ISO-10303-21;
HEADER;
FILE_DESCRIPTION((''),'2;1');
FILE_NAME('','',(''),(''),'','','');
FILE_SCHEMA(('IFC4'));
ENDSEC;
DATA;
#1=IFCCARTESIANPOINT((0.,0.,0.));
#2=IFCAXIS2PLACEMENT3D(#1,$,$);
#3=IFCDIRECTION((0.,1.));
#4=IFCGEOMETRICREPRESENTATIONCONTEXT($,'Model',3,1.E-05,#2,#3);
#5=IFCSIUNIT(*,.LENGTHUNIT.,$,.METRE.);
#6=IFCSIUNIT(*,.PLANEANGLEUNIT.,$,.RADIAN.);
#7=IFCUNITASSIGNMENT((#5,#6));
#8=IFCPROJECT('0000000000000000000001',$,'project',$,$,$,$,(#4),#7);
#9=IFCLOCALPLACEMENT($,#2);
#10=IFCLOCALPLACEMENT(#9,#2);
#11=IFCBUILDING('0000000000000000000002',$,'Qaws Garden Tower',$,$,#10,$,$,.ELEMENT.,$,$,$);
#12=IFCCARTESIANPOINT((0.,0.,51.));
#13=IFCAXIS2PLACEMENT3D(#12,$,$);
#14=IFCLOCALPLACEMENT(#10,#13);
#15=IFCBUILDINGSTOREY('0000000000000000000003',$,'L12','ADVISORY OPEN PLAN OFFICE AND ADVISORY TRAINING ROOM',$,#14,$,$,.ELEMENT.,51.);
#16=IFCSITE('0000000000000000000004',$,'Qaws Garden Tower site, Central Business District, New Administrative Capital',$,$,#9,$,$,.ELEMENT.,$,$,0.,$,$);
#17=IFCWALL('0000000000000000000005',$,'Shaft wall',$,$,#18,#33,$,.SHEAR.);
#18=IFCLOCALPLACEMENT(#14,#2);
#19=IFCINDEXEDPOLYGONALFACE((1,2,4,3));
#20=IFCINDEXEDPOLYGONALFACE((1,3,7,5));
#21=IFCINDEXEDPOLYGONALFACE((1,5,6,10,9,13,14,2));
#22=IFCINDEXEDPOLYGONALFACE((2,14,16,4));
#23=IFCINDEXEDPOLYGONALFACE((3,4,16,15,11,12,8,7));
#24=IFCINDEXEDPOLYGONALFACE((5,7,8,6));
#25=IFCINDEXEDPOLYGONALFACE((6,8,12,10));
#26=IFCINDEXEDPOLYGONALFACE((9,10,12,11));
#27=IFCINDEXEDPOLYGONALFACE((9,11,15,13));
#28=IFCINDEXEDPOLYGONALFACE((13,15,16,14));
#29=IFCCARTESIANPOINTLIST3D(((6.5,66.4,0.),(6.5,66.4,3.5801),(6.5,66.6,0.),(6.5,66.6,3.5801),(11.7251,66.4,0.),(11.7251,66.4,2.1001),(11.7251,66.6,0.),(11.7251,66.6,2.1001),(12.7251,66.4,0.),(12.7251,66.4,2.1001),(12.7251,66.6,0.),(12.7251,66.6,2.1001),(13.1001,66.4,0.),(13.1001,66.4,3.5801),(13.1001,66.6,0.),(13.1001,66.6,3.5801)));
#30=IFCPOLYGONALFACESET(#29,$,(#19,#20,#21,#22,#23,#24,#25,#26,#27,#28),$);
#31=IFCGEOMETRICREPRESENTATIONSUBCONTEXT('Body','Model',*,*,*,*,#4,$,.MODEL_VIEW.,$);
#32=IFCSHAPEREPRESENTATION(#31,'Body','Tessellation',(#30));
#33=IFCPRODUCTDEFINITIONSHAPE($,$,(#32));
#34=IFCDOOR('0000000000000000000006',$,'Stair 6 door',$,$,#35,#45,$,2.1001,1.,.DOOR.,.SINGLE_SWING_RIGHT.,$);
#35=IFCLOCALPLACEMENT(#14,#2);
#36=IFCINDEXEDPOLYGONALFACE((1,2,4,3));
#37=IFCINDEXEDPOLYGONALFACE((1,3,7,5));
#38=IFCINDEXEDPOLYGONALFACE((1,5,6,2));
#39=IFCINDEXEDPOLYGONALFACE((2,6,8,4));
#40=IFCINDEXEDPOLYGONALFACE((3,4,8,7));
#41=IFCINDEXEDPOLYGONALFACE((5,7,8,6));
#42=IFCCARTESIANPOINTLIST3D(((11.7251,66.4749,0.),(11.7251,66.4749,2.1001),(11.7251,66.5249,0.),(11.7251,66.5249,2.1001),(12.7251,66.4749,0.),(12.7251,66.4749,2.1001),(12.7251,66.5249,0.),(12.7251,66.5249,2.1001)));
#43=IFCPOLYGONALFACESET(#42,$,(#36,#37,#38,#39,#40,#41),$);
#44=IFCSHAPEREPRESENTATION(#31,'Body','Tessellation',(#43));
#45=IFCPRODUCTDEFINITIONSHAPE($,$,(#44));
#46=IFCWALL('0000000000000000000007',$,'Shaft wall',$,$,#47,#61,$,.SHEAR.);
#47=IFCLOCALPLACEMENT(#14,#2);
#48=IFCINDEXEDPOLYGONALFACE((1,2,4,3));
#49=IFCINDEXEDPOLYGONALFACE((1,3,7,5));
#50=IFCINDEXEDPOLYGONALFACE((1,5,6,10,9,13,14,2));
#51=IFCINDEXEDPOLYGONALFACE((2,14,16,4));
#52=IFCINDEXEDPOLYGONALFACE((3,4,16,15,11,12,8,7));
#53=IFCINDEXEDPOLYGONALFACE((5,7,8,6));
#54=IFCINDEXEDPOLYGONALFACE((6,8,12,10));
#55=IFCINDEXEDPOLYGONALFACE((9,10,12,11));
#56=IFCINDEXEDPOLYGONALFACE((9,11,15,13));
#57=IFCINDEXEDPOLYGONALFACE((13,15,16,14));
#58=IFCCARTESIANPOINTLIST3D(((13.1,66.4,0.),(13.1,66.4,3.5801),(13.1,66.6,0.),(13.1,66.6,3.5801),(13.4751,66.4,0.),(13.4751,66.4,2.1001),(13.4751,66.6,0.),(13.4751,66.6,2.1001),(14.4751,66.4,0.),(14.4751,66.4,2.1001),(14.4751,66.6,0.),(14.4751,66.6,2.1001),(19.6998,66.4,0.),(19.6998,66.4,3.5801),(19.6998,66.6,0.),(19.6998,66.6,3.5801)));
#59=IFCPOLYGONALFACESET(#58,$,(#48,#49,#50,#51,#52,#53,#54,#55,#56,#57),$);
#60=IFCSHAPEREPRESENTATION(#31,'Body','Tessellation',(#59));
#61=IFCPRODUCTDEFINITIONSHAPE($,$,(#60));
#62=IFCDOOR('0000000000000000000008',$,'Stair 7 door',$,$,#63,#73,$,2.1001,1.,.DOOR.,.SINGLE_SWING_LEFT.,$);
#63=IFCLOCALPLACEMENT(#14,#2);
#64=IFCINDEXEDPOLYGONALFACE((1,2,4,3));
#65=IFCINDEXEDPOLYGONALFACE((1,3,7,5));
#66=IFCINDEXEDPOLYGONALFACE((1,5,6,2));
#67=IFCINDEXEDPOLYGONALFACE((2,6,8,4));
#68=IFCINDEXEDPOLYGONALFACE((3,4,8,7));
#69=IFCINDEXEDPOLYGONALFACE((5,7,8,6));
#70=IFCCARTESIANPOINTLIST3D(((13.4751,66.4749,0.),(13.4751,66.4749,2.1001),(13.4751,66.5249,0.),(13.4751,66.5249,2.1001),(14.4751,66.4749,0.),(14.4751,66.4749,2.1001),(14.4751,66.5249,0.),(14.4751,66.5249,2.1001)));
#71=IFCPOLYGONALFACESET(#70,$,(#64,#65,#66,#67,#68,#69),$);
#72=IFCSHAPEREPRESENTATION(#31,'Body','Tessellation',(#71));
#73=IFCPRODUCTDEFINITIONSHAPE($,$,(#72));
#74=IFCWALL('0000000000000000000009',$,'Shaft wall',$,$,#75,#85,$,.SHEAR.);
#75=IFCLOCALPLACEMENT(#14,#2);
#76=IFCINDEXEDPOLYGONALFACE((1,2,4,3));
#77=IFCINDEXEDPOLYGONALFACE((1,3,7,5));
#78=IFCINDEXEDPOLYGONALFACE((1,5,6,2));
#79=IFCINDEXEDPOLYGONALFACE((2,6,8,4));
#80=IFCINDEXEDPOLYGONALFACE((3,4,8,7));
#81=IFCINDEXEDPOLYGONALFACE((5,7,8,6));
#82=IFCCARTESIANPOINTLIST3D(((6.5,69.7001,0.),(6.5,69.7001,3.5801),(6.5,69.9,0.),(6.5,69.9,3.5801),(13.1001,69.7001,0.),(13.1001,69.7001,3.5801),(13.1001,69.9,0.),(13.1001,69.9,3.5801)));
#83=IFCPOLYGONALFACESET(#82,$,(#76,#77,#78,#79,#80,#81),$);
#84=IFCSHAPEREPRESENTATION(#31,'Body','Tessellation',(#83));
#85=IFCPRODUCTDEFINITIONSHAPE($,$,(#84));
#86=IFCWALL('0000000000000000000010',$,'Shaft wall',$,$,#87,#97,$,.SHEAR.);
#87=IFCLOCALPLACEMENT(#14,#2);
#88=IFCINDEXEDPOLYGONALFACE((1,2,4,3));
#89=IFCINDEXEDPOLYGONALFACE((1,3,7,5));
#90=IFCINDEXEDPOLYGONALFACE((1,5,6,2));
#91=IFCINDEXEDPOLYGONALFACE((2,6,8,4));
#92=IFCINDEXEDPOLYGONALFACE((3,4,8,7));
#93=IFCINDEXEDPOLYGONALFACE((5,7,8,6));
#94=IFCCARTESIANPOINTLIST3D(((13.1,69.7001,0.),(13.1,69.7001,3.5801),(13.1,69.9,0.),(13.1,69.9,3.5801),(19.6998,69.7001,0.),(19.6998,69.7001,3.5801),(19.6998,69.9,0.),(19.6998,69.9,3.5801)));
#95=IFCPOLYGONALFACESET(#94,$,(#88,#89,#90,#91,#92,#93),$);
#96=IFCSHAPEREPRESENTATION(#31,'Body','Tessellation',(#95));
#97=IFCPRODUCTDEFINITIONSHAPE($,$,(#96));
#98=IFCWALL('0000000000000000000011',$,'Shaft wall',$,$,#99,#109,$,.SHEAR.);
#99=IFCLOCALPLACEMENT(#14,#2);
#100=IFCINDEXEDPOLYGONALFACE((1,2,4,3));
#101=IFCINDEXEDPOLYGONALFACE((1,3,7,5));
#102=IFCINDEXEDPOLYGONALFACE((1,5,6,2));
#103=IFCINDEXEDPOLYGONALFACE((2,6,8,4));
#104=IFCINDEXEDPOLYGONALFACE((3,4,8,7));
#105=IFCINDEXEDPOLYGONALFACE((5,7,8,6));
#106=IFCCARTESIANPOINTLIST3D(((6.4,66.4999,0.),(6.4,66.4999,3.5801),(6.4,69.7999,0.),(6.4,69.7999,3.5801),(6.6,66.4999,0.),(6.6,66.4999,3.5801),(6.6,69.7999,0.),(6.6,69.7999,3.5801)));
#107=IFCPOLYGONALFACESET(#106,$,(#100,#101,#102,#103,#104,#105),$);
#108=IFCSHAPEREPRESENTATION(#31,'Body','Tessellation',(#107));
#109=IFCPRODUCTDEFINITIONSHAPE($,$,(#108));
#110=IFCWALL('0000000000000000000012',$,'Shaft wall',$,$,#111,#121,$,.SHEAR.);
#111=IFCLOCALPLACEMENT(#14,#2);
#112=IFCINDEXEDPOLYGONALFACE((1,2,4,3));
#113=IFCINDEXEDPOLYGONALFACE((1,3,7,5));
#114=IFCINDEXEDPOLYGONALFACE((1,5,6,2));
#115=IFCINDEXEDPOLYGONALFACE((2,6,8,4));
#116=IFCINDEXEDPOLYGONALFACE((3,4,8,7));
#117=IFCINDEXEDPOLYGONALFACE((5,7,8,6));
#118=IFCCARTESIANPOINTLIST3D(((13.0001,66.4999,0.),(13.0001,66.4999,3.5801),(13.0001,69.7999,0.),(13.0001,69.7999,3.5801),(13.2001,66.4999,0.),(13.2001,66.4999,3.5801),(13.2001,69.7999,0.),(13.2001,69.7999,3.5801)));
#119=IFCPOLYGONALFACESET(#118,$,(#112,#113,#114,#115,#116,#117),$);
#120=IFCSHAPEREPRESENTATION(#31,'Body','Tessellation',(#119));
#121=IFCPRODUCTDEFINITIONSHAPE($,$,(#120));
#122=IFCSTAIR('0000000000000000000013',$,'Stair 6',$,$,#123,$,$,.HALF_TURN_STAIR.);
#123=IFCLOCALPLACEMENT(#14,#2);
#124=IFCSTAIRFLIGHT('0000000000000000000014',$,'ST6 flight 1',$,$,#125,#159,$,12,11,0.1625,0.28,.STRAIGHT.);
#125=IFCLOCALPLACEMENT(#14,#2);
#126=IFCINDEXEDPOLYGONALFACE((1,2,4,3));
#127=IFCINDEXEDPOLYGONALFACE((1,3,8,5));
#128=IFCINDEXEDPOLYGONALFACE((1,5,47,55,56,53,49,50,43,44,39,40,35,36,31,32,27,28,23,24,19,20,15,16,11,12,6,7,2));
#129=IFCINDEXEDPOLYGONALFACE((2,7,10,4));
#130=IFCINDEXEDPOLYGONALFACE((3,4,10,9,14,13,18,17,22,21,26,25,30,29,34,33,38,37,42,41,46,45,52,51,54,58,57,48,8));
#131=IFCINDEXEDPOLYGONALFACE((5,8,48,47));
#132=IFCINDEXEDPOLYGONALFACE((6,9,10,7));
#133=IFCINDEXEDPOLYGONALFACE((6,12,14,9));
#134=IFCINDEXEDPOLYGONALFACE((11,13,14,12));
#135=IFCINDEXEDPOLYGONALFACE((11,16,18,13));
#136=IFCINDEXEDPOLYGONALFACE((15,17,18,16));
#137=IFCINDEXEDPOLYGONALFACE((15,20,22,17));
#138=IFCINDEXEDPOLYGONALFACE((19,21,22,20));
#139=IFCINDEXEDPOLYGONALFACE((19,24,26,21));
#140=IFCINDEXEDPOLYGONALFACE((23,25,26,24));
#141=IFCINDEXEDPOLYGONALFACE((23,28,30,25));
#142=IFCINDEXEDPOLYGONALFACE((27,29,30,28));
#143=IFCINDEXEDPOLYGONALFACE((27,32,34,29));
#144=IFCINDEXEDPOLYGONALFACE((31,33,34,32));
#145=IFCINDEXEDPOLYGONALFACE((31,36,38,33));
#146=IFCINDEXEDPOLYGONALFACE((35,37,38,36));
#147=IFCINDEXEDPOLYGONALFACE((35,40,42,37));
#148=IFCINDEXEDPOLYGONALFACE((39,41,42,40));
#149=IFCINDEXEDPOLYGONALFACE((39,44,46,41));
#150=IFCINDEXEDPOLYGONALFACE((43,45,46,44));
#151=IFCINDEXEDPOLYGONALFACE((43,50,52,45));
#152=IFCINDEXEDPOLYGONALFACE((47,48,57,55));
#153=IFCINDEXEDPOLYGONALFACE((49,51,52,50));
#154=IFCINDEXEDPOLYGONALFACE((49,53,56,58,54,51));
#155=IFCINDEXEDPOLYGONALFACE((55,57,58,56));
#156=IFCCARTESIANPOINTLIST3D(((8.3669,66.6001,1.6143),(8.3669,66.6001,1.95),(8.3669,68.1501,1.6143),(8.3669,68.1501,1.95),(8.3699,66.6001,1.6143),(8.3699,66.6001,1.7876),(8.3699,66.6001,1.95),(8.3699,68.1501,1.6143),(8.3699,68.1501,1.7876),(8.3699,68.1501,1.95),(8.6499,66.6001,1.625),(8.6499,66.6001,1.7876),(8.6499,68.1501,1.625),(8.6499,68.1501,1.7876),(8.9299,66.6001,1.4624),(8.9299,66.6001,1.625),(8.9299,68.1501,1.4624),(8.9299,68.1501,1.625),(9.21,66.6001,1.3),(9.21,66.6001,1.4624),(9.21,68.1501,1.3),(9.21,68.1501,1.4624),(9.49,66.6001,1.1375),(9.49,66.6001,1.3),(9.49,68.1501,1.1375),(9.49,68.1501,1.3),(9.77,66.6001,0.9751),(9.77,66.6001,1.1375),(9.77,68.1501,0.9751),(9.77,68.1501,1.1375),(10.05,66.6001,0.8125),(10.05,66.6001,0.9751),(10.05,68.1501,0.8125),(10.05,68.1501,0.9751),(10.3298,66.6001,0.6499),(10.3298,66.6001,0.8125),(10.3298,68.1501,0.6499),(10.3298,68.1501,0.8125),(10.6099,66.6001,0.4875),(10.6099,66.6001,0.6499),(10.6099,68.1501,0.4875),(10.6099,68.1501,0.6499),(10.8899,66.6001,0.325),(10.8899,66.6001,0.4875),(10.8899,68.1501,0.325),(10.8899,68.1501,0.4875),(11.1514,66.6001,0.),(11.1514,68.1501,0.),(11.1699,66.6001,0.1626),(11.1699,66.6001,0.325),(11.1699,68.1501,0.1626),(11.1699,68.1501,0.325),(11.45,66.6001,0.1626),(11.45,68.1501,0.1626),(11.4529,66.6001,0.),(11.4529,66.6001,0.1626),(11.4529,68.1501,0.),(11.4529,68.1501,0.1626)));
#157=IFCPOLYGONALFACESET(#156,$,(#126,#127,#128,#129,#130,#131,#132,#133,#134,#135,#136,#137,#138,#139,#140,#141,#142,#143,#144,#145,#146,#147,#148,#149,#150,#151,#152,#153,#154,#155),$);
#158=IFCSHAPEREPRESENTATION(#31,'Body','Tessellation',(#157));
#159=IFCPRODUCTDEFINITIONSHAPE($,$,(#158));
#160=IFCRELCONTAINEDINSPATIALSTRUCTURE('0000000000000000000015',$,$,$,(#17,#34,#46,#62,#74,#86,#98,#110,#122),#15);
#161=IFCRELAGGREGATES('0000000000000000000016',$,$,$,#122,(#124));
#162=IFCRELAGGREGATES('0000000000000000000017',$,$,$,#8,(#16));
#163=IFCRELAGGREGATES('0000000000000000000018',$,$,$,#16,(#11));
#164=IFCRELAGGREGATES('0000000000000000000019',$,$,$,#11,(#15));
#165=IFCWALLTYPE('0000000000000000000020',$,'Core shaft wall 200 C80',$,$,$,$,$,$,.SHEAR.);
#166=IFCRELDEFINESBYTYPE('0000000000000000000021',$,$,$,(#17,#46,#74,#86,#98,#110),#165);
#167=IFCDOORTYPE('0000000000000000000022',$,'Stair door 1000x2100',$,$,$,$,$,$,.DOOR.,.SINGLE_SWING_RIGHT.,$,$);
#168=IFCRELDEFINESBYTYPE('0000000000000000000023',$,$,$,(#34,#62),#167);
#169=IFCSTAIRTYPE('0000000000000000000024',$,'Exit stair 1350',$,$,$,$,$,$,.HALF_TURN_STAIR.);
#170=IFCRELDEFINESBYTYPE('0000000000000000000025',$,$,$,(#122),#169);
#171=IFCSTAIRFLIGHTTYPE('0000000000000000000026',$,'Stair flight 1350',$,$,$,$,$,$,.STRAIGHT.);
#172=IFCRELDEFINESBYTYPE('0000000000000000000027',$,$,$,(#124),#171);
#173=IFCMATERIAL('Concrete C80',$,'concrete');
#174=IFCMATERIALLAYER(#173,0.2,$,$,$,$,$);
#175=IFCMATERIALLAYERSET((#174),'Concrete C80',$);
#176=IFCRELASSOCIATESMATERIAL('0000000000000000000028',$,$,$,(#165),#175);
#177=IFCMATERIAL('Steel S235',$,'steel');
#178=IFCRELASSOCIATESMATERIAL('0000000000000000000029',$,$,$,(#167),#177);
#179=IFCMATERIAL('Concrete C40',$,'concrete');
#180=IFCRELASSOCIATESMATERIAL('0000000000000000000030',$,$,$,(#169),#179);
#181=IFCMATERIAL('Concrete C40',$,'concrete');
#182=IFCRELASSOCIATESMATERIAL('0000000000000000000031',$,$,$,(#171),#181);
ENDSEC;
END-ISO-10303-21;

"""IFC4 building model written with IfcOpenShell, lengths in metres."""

from ifc_helpers import new_model, si_unit, direction, frame, frame_2d, origin, place, context, subcontext, project, spatial, polyline, rectangle, outline, extrude, material, layer, layer_set, type_object, element, fill, aggregate, save


model = new_model("IFC4")

# Units and contexts
model_context = context("Model", 3, precision=1e-05, world=origin(), true_north=direction((0.0, 1.0)))
body_context = subcontext(model_context, "Body", "Model", "MODEL_VIEW")
ifc_project = project(units=[si_unit("LENGTHUNIT", "METRE"), si_unit("PLANEANGLEUNIT", "RADIAN")], contexts=[model_context])

# Site, building, storey
site_placement = place(None, origin())
site = spatial("IfcSite", under=ifc_project, at=site_placement, Name="Qaws Garden Tower site, Central Business District, New Administrative Capital", CompositionType="ELEMENT", RefElevation=0.0)
building_placement = place(site_placement, origin())
building = spatial("IfcBuilding", under=site, at=building_placement, Name="Qaws Garden Tower", CompositionType="ELEMENT")
storey_placement = place(building_placement, frame((0.0, 0.0, 51.0)))
storey = spatial("IfcBuildingStorey", under=building, at=storey_placement, Name="L12", Description="ADVISORY OPEN PLAN OFFICE AND ADVISORY TRAINING ROOM", CompositionType="ELEMENT", Elevation=51.0)

# Walls, openings, doors
ifc_material_1 = material(Name="Concrete C80", Category="concrete")
ifc_layer_1 = layer(ifc_material_1, 0.2)
ifc_layer_set_1 = layer_set([ifc_layer_1], Name="Concrete C80")
wall_type_1 = type_object("IfcWallType", Name="Core shaft wall 200 C80", PredefinedType="SHEAR", material=ifc_layer_set_1)
wall_1_placement = place(storey_placement, frame((6.5, 66.5, 0.0), z_axis=(0.0, 0.0, 1.0), x_axis=(1.0, 0.0, 0.0)))
wall_1 = element("IfcWall", 1, at=wall_1_placement, inside=storey, type_object=wall_type_1, Name="Shaft wall", PredefinedType="SHEAR", context=body_context, shape_type="SweptSolid", body=[
    extrude(rectangle(XDim=6.6001, YDim=0.2, at=frame_2d((3.3, 0.0))), origin(), (0.0, 0.0, 1.0), 3.5801),
])
opening_1_placement = place(wall_1_placement, frame((5.2251, 0.0, 0.0)))
opening_1 = element("IfcOpeningElement", 2, at=opening_1_placement, cuts=wall_1, PredefinedType="OPENING", context=body_context, shape_type="SweptSolid", body=[
    extrude(rectangle(XDim=1.0, YDim=2.1001, at=frame_2d((0.5, 1.05))), frame((0.0, 0.1099, 0.0), z_axis=(0.0, -1.0, 0.0), x_axis=(1.0, 0.0, 0.0)), (0.0, 0.0, 1.0), 0.22),
])
ifc_material_2 = material(Name="Steel S235", Category="steel")
door_type = type_object("IfcDoorType", Name="Stair door 1000x2100", OperationType="SINGLE_SWING_RIGHT", PredefinedType="DOOR", material=ifc_material_2)
door_1_placement = place(opening_1_placement, origin())
door_1 = element("IfcDoor", 3, at=door_1_placement, inside=storey, type_object=door_type, Name="Stair 6 door", OperationType="SINGLE_SWING_RIGHT", OverallHeight=2.1001, OverallWidth=1.0, PredefinedType="DOOR", context=body_context, shape_type="SweptSolid", body=[
    extrude(rectangle(XDim=1.0, YDim=2.1001, at=frame_2d((0.5, 1.05))), frame((0.0, 0.0249, 0.0), z_axis=(0.0, -1.0, 0.0), x_axis=(1.0, 0.0, 0.0)), (0.0, 0.0, 1.0), 0.05),
])
fill(opening_1, door_1)
wall_2_placement = place(storey_placement, frame((13.1001, 66.5, 0.0), z_axis=(0.0, 0.0, 1.0), x_axis=(1.0, 0.0, 0.0)))
wall_2 = element("IfcWall", 4, at=wall_2_placement, inside=storey, type_object=wall_type_1, Name="Shaft wall", PredefinedType="SHEAR", context=body_context, shape_type="SweptSolid", body=[
    extrude(rectangle(XDim=6.5999, YDim=0.2, at=frame_2d((3.2998, 0.0))), origin(), (0.0, 0.0, 1.0), 3.5801),
])
opening_2_placement = place(wall_2_placement, frame((0.375, 0.0, 0.0)))
opening_2 = element("IfcOpeningElement", 5, at=opening_2_placement, cuts=wall_2, PredefinedType="OPENING", context=body_context, shape_type="SweptSolid", body=[
    extrude(rectangle(XDim=1.0, YDim=2.1001, at=frame_2d((0.5, 1.05))), frame((0.0, 0.1099, 0.0), z_axis=(0.0, -1.0, 0.0), x_axis=(1.0, 0.0, 0.0)), (0.0, 0.0, 1.0), 0.22),
])
door_2_placement = place(opening_2_placement, origin())
door_2 = element("IfcDoor", 6, at=door_2_placement, inside=storey, type_object=door_type, Name="Stair 7 door", OperationType="SINGLE_SWING_LEFT", OverallHeight=2.1001, OverallWidth=1.0, PredefinedType="DOOR", context=body_context, shape_type="SweptSolid", body=[
    extrude(rectangle(XDim=1.0, YDim=2.1001, at=frame_2d((0.5, 1.05))), frame((0.0, 0.0249, 0.0), z_axis=(0.0, -1.0, 0.0), x_axis=(1.0, 0.0, 0.0)), (0.0, 0.0, 1.0), 0.05),
])
fill(opening_2, door_2)

# Walls
wall_3_placement = place(storey_placement, frame((6.5, 69.8, 0.0), z_axis=(0.0, 0.0, 1.0), x_axis=(1.0, 0.0, 0.0)))
element("IfcWall", 7, at=wall_3_placement, inside=storey, type_object=wall_type_1, Name="Shaft wall", PredefinedType="SHEAR", context=body_context, shape_type="SweptSolid", body=[
    extrude(rectangle(XDim=6.6001, YDim=0.2, at=frame_2d((3.3, 0.0))), origin(), (0.0, 0.0, 1.0), 3.5801),
])
wall_4_placement = place(storey_placement, frame((13.1001, 69.8, 0.0), z_axis=(0.0, 0.0, 1.0), x_axis=(1.0, 0.0, 0.0)))
element("IfcWall", 8, at=wall_4_placement, inside=storey, type_object=wall_type_1, Name="Shaft wall", PredefinedType="SHEAR", context=body_context, shape_type="SweptSolid", body=[
    extrude(rectangle(XDim=6.5999, YDim=0.2, at=frame_2d((3.2998, 0.0))), origin(), (0.0, 0.0, 1.0), 3.5801),
])
for number, where, z_axis, x_axis, name in (
    (9, (6.5, 66.5, 0.0), (0.0, 0.0, 1.0), (0.0, 1.0, 0.0), "Shaft wall"),
    (10, (13.1001, 66.5, 0.0), (0.0, 0.0, 1.0), (0.0, 1.0, 0.0), "Shaft wall"),
):
    element("IfcWall", number, at=place(storey_placement, frame(where, z_axis=z_axis, x_axis=x_axis)), inside=storey, type_object=wall_type_1, Name=name, PredefinedType="SHEAR", context=body_context, shape_type="SweptSolid", body=[
        extrude(rectangle(XDim=3.3, YDim=0.2, at=frame_2d((1.6499, 0.0))), origin(), (0.0, 0.0, 1.0), 3.5801),
    ])

# Stair, stair flight
ifc_material_3 = material(Name="Concrete C40", Category="concrete")
stair_type = type_object("IfcStairType", Name="Exit stair 1350", PredefinedType="HALF_TURN_STAIR", material=ifc_material_3)
placement = place(storey_placement, origin())
stair_1 = element("IfcStair", 11, at=placement, inside=storey, type_object=stair_type, Name="Stair 6", PredefinedType="HALF_TURN_STAIR")
ifc_material_4 = material(Name="Concrete C40", Category="concrete")
stair_flight_type = type_object("IfcStairFlightType", Name="Stair flight 1350", PredefinedType="STRAIGHT", material=ifc_material_4)
stair_flight_1_placement = place(storey_placement, frame((11.45, 67.375, 0.0), z_axis=(0.0, 0.0, 1.0), x_axis=(-1.0, 0.0, 0.0)))
stair_flight_1 = element("IfcStairFlight", 12, at=stair_flight_1_placement, type_object=stair_flight_type, Name="ST6 flight 1", NumberOfRisers=12, NumberOfTreads=11, PredefinedType="STRAIGHT", RiserHeight=0.1625, TreadLength=0.28, context=body_context, shape_type="SweptSolid", body=[
    extrude(outline(polyline([(-0.0029, 0.0), (-0.0029, 0.1626), (0.0, 0.1626), (0.28, 0.1626), (0.28, 0.325), (0.5601, 0.325), (0.5601, 0.4875), (0.8401, 0.4875), (0.8401, 0.6499), (1.1201, 0.6499), (1.1201, 0.8125), (1.3999, 0.8125), (1.3999, 0.9751), (1.6799, 0.9751), (1.6799, 1.1375), (1.96, 1.1375), (1.96, 1.3), (2.24, 1.3), (2.24, 1.4624), (2.52, 1.4624), (2.52, 1.625), (2.8, 1.625), (2.8, 1.7876), (3.0801, 1.7876), (3.0801, 1.95), (3.083, 1.95), (3.083, 1.6143), (3.0801, 1.6143), (0.2986, 0.0), (-0.0029, 0.0)])), frame((0.0, 0.7749, 0.0), z_axis=(0.0, -1.0, 0.0), x_axis=(1.0, 0.0, 0.0)), (0.0, 0.0, 1.0), 1.55),
])
aggregate(stair_1, [stair_flight_1])

save(model, "model.ifc")
